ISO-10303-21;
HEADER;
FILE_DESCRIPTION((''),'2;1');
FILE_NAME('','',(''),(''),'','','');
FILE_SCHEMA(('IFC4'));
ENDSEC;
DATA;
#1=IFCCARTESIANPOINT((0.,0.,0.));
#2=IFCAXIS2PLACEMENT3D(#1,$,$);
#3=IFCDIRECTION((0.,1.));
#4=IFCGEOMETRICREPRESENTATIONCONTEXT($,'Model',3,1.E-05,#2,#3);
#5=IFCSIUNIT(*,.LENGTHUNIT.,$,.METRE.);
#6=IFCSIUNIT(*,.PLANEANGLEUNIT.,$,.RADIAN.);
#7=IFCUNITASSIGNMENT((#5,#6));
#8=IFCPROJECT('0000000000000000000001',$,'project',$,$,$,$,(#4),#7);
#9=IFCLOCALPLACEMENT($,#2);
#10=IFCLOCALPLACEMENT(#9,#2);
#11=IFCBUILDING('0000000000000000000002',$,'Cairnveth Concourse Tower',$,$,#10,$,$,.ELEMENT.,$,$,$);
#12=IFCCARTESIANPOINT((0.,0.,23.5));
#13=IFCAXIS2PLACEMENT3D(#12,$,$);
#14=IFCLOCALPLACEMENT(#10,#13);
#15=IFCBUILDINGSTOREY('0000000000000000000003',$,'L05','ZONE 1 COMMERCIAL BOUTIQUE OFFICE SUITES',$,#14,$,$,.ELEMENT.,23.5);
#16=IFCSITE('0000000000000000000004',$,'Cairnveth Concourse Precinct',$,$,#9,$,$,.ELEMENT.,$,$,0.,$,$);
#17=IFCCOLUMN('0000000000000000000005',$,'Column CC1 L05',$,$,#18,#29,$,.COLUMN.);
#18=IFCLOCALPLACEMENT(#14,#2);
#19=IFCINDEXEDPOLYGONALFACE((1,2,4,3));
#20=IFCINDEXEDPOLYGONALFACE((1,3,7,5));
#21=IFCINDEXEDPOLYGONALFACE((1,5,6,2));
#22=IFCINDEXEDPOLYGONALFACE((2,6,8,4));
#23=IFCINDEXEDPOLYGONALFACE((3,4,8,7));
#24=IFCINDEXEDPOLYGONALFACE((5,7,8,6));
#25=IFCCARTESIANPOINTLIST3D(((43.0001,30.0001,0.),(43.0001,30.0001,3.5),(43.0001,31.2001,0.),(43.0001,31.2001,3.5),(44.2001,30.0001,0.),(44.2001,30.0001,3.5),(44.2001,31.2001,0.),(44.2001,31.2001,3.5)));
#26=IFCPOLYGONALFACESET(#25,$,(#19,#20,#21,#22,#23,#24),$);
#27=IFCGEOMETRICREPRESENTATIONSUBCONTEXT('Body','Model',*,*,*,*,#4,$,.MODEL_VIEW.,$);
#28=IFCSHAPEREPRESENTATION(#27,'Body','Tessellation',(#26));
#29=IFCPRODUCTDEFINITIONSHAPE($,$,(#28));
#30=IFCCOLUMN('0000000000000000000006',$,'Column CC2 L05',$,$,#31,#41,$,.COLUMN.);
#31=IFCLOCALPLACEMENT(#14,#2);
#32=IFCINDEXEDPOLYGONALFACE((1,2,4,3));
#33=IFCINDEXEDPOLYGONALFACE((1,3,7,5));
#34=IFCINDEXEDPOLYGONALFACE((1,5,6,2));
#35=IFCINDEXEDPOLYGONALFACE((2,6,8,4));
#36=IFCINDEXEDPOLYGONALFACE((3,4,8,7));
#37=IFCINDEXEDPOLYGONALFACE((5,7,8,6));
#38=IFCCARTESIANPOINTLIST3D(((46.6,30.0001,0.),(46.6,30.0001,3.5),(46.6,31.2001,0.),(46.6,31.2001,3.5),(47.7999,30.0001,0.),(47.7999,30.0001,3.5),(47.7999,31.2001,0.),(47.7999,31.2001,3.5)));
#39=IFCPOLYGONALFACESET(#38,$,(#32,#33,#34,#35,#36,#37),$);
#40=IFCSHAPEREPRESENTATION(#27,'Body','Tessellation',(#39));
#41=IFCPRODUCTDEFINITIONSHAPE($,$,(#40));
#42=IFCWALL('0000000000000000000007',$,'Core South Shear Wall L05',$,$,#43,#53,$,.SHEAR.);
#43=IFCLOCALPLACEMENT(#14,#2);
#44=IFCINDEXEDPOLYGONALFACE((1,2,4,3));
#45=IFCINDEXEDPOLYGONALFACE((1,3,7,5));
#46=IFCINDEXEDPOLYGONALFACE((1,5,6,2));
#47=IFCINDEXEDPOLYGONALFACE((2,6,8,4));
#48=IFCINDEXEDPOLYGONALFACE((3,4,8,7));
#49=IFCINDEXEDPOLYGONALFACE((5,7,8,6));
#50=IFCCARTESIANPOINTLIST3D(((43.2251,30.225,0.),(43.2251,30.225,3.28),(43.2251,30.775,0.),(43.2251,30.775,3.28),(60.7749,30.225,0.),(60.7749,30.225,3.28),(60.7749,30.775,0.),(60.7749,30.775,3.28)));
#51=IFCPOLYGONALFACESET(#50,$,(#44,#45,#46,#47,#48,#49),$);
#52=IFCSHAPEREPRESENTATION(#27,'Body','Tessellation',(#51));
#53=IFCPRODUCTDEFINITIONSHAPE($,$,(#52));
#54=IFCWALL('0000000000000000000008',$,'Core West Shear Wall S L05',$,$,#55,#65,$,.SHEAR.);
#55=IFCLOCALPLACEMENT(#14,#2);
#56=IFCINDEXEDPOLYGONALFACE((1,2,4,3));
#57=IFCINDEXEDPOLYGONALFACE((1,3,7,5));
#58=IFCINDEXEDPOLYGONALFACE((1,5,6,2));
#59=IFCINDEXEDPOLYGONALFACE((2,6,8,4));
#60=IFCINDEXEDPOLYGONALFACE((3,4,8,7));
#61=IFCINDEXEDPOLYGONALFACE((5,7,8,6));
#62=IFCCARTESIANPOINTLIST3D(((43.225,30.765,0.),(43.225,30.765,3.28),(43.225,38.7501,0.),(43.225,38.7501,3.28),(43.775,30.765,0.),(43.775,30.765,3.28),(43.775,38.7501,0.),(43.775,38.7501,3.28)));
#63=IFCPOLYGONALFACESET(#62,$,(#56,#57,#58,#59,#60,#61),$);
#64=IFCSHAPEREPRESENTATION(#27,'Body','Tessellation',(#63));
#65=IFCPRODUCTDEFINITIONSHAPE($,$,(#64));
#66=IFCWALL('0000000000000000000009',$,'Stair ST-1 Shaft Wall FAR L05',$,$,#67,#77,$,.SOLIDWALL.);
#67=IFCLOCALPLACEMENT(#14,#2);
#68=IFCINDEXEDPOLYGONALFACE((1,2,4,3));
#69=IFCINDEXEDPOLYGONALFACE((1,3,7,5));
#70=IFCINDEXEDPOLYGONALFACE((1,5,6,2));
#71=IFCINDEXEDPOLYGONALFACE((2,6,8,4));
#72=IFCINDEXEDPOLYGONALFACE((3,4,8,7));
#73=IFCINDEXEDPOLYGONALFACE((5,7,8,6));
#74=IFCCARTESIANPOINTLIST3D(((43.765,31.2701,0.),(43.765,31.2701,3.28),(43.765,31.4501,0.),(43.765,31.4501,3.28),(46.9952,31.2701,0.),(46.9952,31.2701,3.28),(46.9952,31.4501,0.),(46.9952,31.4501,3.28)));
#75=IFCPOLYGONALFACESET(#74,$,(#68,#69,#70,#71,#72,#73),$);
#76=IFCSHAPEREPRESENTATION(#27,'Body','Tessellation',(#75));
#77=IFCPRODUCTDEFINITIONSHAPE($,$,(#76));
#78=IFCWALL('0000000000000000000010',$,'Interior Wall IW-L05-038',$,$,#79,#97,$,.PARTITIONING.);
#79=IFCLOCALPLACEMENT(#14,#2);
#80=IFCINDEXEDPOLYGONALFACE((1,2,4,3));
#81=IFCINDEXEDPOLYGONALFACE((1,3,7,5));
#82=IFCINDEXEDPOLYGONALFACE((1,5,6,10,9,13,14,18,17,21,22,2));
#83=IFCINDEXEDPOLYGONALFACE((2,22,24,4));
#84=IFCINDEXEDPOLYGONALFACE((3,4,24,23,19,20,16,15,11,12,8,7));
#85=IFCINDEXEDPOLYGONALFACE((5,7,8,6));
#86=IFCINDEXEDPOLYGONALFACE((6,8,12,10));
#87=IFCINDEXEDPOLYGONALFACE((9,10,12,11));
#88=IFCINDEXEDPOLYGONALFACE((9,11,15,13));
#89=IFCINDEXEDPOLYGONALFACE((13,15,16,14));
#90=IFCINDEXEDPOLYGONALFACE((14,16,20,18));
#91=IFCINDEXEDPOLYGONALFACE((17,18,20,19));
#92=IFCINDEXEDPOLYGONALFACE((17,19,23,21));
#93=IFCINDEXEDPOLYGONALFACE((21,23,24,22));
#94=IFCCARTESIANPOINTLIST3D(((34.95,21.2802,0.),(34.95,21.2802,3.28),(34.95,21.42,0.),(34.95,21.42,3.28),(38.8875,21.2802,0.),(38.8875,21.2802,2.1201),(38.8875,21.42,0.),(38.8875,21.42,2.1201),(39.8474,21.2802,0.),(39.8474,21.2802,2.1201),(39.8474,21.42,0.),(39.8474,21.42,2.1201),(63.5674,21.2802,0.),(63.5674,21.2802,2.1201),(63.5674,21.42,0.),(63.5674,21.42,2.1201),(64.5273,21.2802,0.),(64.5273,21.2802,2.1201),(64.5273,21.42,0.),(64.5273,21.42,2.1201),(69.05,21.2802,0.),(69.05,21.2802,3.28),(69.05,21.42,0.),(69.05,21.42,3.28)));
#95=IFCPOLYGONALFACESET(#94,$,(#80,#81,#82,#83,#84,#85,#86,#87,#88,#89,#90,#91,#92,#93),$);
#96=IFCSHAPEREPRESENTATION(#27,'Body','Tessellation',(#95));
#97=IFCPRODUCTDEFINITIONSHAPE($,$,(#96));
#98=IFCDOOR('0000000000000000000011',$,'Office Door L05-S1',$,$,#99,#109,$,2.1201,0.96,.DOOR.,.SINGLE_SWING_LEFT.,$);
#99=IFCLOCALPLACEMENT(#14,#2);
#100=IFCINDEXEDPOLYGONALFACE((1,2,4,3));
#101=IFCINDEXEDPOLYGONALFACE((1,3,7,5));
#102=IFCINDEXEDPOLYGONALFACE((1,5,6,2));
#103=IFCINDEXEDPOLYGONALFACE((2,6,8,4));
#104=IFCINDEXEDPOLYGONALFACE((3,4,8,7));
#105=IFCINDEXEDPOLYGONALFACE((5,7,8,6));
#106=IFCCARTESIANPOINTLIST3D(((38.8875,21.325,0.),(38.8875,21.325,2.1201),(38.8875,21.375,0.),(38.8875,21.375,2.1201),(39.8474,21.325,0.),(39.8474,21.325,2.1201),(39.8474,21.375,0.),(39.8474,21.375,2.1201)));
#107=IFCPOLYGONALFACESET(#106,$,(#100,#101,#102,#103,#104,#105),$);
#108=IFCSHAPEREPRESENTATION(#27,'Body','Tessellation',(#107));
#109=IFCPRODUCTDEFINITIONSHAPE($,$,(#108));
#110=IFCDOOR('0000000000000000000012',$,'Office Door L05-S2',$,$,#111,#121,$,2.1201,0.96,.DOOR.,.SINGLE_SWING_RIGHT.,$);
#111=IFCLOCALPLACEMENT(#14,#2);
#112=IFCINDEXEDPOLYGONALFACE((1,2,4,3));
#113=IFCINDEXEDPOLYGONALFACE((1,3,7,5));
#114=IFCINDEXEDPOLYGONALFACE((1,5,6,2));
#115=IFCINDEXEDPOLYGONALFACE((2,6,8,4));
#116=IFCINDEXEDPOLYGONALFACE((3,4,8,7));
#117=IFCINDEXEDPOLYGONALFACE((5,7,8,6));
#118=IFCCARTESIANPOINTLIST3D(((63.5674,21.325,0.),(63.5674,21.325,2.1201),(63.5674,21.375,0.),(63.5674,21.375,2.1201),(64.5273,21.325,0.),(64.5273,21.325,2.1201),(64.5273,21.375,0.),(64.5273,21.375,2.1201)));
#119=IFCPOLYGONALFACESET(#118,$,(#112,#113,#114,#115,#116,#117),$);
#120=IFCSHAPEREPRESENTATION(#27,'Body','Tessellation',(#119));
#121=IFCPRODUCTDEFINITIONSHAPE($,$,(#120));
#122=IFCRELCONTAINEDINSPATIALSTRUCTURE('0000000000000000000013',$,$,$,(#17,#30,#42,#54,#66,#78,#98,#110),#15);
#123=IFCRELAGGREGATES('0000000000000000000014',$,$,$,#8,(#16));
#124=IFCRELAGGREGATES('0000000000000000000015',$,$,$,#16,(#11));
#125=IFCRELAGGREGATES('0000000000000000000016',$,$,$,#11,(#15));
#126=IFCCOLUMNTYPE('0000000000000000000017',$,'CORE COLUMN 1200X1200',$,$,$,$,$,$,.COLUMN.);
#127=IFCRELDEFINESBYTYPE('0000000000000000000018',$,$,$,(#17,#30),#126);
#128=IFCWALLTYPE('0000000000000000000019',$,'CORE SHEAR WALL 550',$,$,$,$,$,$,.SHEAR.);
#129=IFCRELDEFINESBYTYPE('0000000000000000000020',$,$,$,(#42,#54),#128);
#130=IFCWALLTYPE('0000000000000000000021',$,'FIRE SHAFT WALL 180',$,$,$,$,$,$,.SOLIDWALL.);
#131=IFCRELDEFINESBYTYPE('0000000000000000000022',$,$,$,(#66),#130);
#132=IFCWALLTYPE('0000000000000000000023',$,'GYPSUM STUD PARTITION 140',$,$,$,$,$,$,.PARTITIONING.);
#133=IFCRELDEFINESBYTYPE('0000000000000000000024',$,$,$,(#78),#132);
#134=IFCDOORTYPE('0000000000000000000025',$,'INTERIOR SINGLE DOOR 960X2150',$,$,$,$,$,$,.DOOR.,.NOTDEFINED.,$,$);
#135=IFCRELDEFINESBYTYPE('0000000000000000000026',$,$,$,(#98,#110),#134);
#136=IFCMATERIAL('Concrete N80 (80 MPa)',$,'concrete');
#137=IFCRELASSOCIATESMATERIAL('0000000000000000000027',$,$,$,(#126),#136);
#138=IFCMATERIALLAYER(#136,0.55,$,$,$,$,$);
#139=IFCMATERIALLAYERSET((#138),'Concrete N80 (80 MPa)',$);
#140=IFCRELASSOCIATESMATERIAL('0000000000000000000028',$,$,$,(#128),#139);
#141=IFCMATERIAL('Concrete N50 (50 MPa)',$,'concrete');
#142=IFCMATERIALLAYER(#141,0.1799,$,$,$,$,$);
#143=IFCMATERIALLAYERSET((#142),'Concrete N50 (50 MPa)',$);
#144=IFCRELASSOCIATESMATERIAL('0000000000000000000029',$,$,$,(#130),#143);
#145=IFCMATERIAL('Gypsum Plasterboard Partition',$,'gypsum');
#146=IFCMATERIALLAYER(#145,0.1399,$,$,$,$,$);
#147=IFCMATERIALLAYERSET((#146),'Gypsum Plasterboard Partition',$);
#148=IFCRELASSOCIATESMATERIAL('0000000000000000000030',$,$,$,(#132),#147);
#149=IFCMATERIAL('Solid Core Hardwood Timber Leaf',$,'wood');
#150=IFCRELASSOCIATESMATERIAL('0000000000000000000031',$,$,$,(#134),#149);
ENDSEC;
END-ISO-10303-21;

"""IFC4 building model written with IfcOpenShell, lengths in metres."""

from ifc_helpers import new_model, si_unit, direction, frame, frame_2d, origin, origin_2d, place, context, subcontext, project, spatial, rectangle, extrude, material, layer, layer_set, material_profile, profile_set, type_object, element, fill, save


model = new_model("IFC4")

# Units and contexts
model_context = context("Model", 3, precision=1e-05, world=origin(), true_north=direction((0.0, 1.0)))
body_context = subcontext(model_context, "Body", "Model", "MODEL_VIEW")
ifc_project = project(units=[si_unit("LENGTHUNIT", "METRE"), si_unit("PLANEANGLEUNIT", "RADIAN")], contexts=[model_context])

# Site, building, storey
site_placement = place(None, origin())
site = spatial("IfcSite", under=ifc_project, at=site_placement, Name="Cairnveth Concourse Precinct", CompositionType="ELEMENT", RefElevation=0.0)
building_placement = place(site_placement, origin())
building = spatial("IfcBuilding", under=site, at=building_placement, Name="Cairnveth Concourse Tower", CompositionType="ELEMENT")
storey_placement = place(building_placement, frame((0.0, 0.0, 23.5)))
storey = spatial("IfcBuildingStorey", under=building, at=storey_placement, Name="L05", Description="ZONE 1 COMMERCIAL BOUTIQUE OFFICE SUITES", CompositionType="ELEMENT", Elevation=23.5)

# Columns
ifc_material_1 = material(Name="Concrete N80 (80 MPa)", Category="concrete")
ifc_material_profile = material_profile(ifc_material_1, rectangle(XDim=1.2, YDim=1.2, at=origin_2d()), Name="RC-COL-1200x1200")
ifc_profile_set = profile_set([ifc_material_profile], Name="Concrete N80 (80 MPa)")
column_type = type_object("IfcColumnType", Name="CORE COLUMN 1200X1200", PredefinedType="COLUMN", material=ifc_profile_set)
for number, where, z_axis, x_axis, name in (
    (1, (43.6001, 30.6001, 0.0), (0.0, 0.0, 1.0), (1.0, 0.0, 0.0), "Column CC1 L05"),
    (2, (47.2, 30.6001, 0.0), (0.0, 0.0, 1.0), (1.0, 0.0, 0.0), "Column CC2 L05"),
):
    element("IfcColumn", number, at=place(storey_placement, frame(where, z_axis=z_axis, x_axis=x_axis)), inside=storey, type_object=column_type, Name=name, PredefinedType="COLUMN", context=body_context, shape_type="SweptSolid", body=[
        extrude(rectangle(XDim=1.2, YDim=1.2, at=origin_2d()), origin(), (0.0, 0.0, 1.0), 3.5),
    ])

# Walls
ifc_layer_1 = layer(ifc_material_1, 0.55)
ifc_layer_set_1 = layer_set([ifc_layer_1], Name="Concrete N80 (80 MPa)")
wall_type_1 = type_object("IfcWallType", Name="CORE SHEAR WALL 550", PredefinedType="SHEAR", material=ifc_layer_set_1)
wall_1_placement = place(storey_placement, frame((43.2251, 30.5, 0.0), z_axis=(0.0, 0.0, 1.0), x_axis=(1.0, 0.0, 0.0)))
element("IfcWall", 3, at=wall_1_placement, inside=storey, type_object=wall_type_1, Name="Core South Shear Wall L05", PredefinedType="SHEAR", context=body_context, shape_type="SweptSolid", body=[
    extrude(rectangle(XDim=17.5498, YDim=0.55, at=frame_2d((8.7749, 0.0))), origin(), (0.0, 0.0, 1.0), 3.28),
])
wall_2_placement = place(storey_placement, frame((43.5, 30.7649, 0.0), z_axis=(0.0, 0.0, 1.0), x_axis=(0.0, 1.0, 0.0)))
element("IfcWall", 4, at=wall_2_placement, inside=storey, type_object=wall_type_1, Name="Core West Shear Wall S L05", PredefinedType="SHEAR", context=body_context, shape_type="SweptSolid", body=[
    extrude(rectangle(XDim=7.9851, YDim=0.55, at=frame_2d((3.9927, 0.0))), origin(), (0.0, 0.0, 1.0), 3.28),
])
ifc_material_2 = material(Name="Concrete N50 (50 MPa)", Category="concrete")
ifc_layer_2 = layer(ifc_material_2, 0.1799)
ifc_layer_set_2 = layer_set([ifc_layer_2], Name="Concrete N50 (50 MPa)")
wall_type_2 = type_object("IfcWallType", Name="FIRE SHAFT WALL 180", PredefinedType="SOLIDWALL", material=ifc_layer_set_2)
wall_3_placement = place(storey_placement, frame((43.7649, 31.3601, 0.0), z_axis=(0.0, 0.0, 1.0), x_axis=(1.0, 0.0, 0.0)))
element("IfcWall", 5, at=wall_3_placement, inside=storey, type_object=wall_type_2, Name="Stair ST-1 Shaft Wall FAR L05", PredefinedType="SOLIDWALL", context=body_context, shape_type="SweptSolid", body=[
    extrude(rectangle(XDim=3.2302, YDim=0.1799, at=frame_2d((1.6152, 0.0))), origin(), (0.0, 0.0, 1.0), 3.28),
])

# Wall, openings, doors
ifc_material_3 = material(Name="Gypsum Plasterboard Partition", Category="gypsum")
ifc_layer_3 = layer(ifc_material_3, 0.1399)
ifc_layer_set_3 = layer_set([ifc_layer_3], Name="Gypsum Plasterboard Partition")
wall_type_3 = type_object("IfcWallType", Name="GYPSUM STUD PARTITION 140", PredefinedType="PARTITIONING", material=ifc_layer_set_3)
wall_4_placement = place(storey_placement, frame((34.95, 21.3501, 0.0), z_axis=(0.0, 0.0, 1.0), x_axis=(1.0, 0.0, 0.0)))
wall_4 = element("IfcWall", 6, at=wall_4_placement, inside=storey, type_object=wall_type_3, Name="Interior Wall IW-L05-038", PredefinedType="PARTITIONING", context=body_context, shape_type="SweptSolid", body=[
    extrude(rectangle(XDim=34.1001, YDim=0.1399, at=frame_2d((17.05, 0.0))), origin(), (0.0, 0.0, 1.0), 3.28),
])
opening_1_placement = place(wall_4_placement, frame((3.9375, 0.0, 0.0)))
opening_1 = element("IfcOpeningElement", 7, at=opening_1_placement, cuts=wall_4, PredefinedType="OPENING", context=body_context, shape_type="SweptSolid", body=[
    extrude(rectangle(XDim=0.96, YDim=2.1201, at=frame_2d((0.48, 1.0601))), frame((0.0, 0.0798, 0.0), z_axis=(0.0, -1.0, 0.0), x_axis=(1.0, 0.0, 0.0)), (0.0, 0.0, 1.0), 0.1599),
])
opening_2_placement = place(wall_4_placement, frame((28.6174, 0.0, 0.0)))
opening_2 = element("IfcOpeningElement", 8, at=opening_2_placement, cuts=wall_4, PredefinedType="OPENING", context=body_context, shape_type="SweptSolid", body=[
    extrude(rectangle(XDim=0.96, YDim=2.1201, at=frame_2d((0.48, 1.0601))), frame((0.0, 0.0798, 0.0), z_axis=(0.0, -1.0, 0.0), x_axis=(1.0, 0.0, 0.0)), (0.0, 0.0, 1.0), 0.1599),
])
ifc_material_4 = material(Name="Solid Core Hardwood Timber Leaf", Category="wood")
door_type_1 = type_object("IfcDoorType", Name="INTERIOR SINGLE DOOR 960X2150", OperationType="NOTDEFINED", PredefinedType="DOOR", material=ifc_material_4)
door_1_placement = place(opening_1_placement, origin())
door_1 = element("IfcDoor", 9, at=door_1_placement, inside=storey, type_object=door_type_1, Name="Office Door L05-S1", OperationType="SINGLE_SWING_LEFT", OverallHeight=2.1201, OverallWidth=0.96, PredefinedType="DOOR", context=body_context, shape_type="SweptSolid", body=[
    extrude(rectangle(XDim=0.96, YDim=2.1201, at=frame_2d((0.48, 1.0601))), frame((0.0, 0.0249, 0.0), z_axis=(0.0, -1.0, 0.0), x_axis=(1.0, 0.0, 0.0)), (0.0, 0.0, 1.0), 0.05),
])
fill(opening_1, door_1)
door_2_placement = place(opening_2_placement, origin())
door_2 = element("IfcDoor", 10, at=door_2_placement, inside=storey, type_object=door_type_1, Name="Office Door L05-S2", OperationType="SINGLE_SWING_RIGHT", OverallHeight=2.1201, OverallWidth=0.96, PredefinedType="DOOR", context=body_context, shape_type="SweptSolid", body=[
    extrude(rectangle(XDim=0.96, YDim=2.1201, at=frame_2d((0.48, 1.0601))), frame((0.0, 0.0249, 0.0), z_axis=(0.0, -1.0, 0.0), x_axis=(1.0, 0.0, 0.0)), (0.0, 0.0, 1.0), 0.05),
])
fill(opening_2, door_2)

save(model, "model.ifc")
